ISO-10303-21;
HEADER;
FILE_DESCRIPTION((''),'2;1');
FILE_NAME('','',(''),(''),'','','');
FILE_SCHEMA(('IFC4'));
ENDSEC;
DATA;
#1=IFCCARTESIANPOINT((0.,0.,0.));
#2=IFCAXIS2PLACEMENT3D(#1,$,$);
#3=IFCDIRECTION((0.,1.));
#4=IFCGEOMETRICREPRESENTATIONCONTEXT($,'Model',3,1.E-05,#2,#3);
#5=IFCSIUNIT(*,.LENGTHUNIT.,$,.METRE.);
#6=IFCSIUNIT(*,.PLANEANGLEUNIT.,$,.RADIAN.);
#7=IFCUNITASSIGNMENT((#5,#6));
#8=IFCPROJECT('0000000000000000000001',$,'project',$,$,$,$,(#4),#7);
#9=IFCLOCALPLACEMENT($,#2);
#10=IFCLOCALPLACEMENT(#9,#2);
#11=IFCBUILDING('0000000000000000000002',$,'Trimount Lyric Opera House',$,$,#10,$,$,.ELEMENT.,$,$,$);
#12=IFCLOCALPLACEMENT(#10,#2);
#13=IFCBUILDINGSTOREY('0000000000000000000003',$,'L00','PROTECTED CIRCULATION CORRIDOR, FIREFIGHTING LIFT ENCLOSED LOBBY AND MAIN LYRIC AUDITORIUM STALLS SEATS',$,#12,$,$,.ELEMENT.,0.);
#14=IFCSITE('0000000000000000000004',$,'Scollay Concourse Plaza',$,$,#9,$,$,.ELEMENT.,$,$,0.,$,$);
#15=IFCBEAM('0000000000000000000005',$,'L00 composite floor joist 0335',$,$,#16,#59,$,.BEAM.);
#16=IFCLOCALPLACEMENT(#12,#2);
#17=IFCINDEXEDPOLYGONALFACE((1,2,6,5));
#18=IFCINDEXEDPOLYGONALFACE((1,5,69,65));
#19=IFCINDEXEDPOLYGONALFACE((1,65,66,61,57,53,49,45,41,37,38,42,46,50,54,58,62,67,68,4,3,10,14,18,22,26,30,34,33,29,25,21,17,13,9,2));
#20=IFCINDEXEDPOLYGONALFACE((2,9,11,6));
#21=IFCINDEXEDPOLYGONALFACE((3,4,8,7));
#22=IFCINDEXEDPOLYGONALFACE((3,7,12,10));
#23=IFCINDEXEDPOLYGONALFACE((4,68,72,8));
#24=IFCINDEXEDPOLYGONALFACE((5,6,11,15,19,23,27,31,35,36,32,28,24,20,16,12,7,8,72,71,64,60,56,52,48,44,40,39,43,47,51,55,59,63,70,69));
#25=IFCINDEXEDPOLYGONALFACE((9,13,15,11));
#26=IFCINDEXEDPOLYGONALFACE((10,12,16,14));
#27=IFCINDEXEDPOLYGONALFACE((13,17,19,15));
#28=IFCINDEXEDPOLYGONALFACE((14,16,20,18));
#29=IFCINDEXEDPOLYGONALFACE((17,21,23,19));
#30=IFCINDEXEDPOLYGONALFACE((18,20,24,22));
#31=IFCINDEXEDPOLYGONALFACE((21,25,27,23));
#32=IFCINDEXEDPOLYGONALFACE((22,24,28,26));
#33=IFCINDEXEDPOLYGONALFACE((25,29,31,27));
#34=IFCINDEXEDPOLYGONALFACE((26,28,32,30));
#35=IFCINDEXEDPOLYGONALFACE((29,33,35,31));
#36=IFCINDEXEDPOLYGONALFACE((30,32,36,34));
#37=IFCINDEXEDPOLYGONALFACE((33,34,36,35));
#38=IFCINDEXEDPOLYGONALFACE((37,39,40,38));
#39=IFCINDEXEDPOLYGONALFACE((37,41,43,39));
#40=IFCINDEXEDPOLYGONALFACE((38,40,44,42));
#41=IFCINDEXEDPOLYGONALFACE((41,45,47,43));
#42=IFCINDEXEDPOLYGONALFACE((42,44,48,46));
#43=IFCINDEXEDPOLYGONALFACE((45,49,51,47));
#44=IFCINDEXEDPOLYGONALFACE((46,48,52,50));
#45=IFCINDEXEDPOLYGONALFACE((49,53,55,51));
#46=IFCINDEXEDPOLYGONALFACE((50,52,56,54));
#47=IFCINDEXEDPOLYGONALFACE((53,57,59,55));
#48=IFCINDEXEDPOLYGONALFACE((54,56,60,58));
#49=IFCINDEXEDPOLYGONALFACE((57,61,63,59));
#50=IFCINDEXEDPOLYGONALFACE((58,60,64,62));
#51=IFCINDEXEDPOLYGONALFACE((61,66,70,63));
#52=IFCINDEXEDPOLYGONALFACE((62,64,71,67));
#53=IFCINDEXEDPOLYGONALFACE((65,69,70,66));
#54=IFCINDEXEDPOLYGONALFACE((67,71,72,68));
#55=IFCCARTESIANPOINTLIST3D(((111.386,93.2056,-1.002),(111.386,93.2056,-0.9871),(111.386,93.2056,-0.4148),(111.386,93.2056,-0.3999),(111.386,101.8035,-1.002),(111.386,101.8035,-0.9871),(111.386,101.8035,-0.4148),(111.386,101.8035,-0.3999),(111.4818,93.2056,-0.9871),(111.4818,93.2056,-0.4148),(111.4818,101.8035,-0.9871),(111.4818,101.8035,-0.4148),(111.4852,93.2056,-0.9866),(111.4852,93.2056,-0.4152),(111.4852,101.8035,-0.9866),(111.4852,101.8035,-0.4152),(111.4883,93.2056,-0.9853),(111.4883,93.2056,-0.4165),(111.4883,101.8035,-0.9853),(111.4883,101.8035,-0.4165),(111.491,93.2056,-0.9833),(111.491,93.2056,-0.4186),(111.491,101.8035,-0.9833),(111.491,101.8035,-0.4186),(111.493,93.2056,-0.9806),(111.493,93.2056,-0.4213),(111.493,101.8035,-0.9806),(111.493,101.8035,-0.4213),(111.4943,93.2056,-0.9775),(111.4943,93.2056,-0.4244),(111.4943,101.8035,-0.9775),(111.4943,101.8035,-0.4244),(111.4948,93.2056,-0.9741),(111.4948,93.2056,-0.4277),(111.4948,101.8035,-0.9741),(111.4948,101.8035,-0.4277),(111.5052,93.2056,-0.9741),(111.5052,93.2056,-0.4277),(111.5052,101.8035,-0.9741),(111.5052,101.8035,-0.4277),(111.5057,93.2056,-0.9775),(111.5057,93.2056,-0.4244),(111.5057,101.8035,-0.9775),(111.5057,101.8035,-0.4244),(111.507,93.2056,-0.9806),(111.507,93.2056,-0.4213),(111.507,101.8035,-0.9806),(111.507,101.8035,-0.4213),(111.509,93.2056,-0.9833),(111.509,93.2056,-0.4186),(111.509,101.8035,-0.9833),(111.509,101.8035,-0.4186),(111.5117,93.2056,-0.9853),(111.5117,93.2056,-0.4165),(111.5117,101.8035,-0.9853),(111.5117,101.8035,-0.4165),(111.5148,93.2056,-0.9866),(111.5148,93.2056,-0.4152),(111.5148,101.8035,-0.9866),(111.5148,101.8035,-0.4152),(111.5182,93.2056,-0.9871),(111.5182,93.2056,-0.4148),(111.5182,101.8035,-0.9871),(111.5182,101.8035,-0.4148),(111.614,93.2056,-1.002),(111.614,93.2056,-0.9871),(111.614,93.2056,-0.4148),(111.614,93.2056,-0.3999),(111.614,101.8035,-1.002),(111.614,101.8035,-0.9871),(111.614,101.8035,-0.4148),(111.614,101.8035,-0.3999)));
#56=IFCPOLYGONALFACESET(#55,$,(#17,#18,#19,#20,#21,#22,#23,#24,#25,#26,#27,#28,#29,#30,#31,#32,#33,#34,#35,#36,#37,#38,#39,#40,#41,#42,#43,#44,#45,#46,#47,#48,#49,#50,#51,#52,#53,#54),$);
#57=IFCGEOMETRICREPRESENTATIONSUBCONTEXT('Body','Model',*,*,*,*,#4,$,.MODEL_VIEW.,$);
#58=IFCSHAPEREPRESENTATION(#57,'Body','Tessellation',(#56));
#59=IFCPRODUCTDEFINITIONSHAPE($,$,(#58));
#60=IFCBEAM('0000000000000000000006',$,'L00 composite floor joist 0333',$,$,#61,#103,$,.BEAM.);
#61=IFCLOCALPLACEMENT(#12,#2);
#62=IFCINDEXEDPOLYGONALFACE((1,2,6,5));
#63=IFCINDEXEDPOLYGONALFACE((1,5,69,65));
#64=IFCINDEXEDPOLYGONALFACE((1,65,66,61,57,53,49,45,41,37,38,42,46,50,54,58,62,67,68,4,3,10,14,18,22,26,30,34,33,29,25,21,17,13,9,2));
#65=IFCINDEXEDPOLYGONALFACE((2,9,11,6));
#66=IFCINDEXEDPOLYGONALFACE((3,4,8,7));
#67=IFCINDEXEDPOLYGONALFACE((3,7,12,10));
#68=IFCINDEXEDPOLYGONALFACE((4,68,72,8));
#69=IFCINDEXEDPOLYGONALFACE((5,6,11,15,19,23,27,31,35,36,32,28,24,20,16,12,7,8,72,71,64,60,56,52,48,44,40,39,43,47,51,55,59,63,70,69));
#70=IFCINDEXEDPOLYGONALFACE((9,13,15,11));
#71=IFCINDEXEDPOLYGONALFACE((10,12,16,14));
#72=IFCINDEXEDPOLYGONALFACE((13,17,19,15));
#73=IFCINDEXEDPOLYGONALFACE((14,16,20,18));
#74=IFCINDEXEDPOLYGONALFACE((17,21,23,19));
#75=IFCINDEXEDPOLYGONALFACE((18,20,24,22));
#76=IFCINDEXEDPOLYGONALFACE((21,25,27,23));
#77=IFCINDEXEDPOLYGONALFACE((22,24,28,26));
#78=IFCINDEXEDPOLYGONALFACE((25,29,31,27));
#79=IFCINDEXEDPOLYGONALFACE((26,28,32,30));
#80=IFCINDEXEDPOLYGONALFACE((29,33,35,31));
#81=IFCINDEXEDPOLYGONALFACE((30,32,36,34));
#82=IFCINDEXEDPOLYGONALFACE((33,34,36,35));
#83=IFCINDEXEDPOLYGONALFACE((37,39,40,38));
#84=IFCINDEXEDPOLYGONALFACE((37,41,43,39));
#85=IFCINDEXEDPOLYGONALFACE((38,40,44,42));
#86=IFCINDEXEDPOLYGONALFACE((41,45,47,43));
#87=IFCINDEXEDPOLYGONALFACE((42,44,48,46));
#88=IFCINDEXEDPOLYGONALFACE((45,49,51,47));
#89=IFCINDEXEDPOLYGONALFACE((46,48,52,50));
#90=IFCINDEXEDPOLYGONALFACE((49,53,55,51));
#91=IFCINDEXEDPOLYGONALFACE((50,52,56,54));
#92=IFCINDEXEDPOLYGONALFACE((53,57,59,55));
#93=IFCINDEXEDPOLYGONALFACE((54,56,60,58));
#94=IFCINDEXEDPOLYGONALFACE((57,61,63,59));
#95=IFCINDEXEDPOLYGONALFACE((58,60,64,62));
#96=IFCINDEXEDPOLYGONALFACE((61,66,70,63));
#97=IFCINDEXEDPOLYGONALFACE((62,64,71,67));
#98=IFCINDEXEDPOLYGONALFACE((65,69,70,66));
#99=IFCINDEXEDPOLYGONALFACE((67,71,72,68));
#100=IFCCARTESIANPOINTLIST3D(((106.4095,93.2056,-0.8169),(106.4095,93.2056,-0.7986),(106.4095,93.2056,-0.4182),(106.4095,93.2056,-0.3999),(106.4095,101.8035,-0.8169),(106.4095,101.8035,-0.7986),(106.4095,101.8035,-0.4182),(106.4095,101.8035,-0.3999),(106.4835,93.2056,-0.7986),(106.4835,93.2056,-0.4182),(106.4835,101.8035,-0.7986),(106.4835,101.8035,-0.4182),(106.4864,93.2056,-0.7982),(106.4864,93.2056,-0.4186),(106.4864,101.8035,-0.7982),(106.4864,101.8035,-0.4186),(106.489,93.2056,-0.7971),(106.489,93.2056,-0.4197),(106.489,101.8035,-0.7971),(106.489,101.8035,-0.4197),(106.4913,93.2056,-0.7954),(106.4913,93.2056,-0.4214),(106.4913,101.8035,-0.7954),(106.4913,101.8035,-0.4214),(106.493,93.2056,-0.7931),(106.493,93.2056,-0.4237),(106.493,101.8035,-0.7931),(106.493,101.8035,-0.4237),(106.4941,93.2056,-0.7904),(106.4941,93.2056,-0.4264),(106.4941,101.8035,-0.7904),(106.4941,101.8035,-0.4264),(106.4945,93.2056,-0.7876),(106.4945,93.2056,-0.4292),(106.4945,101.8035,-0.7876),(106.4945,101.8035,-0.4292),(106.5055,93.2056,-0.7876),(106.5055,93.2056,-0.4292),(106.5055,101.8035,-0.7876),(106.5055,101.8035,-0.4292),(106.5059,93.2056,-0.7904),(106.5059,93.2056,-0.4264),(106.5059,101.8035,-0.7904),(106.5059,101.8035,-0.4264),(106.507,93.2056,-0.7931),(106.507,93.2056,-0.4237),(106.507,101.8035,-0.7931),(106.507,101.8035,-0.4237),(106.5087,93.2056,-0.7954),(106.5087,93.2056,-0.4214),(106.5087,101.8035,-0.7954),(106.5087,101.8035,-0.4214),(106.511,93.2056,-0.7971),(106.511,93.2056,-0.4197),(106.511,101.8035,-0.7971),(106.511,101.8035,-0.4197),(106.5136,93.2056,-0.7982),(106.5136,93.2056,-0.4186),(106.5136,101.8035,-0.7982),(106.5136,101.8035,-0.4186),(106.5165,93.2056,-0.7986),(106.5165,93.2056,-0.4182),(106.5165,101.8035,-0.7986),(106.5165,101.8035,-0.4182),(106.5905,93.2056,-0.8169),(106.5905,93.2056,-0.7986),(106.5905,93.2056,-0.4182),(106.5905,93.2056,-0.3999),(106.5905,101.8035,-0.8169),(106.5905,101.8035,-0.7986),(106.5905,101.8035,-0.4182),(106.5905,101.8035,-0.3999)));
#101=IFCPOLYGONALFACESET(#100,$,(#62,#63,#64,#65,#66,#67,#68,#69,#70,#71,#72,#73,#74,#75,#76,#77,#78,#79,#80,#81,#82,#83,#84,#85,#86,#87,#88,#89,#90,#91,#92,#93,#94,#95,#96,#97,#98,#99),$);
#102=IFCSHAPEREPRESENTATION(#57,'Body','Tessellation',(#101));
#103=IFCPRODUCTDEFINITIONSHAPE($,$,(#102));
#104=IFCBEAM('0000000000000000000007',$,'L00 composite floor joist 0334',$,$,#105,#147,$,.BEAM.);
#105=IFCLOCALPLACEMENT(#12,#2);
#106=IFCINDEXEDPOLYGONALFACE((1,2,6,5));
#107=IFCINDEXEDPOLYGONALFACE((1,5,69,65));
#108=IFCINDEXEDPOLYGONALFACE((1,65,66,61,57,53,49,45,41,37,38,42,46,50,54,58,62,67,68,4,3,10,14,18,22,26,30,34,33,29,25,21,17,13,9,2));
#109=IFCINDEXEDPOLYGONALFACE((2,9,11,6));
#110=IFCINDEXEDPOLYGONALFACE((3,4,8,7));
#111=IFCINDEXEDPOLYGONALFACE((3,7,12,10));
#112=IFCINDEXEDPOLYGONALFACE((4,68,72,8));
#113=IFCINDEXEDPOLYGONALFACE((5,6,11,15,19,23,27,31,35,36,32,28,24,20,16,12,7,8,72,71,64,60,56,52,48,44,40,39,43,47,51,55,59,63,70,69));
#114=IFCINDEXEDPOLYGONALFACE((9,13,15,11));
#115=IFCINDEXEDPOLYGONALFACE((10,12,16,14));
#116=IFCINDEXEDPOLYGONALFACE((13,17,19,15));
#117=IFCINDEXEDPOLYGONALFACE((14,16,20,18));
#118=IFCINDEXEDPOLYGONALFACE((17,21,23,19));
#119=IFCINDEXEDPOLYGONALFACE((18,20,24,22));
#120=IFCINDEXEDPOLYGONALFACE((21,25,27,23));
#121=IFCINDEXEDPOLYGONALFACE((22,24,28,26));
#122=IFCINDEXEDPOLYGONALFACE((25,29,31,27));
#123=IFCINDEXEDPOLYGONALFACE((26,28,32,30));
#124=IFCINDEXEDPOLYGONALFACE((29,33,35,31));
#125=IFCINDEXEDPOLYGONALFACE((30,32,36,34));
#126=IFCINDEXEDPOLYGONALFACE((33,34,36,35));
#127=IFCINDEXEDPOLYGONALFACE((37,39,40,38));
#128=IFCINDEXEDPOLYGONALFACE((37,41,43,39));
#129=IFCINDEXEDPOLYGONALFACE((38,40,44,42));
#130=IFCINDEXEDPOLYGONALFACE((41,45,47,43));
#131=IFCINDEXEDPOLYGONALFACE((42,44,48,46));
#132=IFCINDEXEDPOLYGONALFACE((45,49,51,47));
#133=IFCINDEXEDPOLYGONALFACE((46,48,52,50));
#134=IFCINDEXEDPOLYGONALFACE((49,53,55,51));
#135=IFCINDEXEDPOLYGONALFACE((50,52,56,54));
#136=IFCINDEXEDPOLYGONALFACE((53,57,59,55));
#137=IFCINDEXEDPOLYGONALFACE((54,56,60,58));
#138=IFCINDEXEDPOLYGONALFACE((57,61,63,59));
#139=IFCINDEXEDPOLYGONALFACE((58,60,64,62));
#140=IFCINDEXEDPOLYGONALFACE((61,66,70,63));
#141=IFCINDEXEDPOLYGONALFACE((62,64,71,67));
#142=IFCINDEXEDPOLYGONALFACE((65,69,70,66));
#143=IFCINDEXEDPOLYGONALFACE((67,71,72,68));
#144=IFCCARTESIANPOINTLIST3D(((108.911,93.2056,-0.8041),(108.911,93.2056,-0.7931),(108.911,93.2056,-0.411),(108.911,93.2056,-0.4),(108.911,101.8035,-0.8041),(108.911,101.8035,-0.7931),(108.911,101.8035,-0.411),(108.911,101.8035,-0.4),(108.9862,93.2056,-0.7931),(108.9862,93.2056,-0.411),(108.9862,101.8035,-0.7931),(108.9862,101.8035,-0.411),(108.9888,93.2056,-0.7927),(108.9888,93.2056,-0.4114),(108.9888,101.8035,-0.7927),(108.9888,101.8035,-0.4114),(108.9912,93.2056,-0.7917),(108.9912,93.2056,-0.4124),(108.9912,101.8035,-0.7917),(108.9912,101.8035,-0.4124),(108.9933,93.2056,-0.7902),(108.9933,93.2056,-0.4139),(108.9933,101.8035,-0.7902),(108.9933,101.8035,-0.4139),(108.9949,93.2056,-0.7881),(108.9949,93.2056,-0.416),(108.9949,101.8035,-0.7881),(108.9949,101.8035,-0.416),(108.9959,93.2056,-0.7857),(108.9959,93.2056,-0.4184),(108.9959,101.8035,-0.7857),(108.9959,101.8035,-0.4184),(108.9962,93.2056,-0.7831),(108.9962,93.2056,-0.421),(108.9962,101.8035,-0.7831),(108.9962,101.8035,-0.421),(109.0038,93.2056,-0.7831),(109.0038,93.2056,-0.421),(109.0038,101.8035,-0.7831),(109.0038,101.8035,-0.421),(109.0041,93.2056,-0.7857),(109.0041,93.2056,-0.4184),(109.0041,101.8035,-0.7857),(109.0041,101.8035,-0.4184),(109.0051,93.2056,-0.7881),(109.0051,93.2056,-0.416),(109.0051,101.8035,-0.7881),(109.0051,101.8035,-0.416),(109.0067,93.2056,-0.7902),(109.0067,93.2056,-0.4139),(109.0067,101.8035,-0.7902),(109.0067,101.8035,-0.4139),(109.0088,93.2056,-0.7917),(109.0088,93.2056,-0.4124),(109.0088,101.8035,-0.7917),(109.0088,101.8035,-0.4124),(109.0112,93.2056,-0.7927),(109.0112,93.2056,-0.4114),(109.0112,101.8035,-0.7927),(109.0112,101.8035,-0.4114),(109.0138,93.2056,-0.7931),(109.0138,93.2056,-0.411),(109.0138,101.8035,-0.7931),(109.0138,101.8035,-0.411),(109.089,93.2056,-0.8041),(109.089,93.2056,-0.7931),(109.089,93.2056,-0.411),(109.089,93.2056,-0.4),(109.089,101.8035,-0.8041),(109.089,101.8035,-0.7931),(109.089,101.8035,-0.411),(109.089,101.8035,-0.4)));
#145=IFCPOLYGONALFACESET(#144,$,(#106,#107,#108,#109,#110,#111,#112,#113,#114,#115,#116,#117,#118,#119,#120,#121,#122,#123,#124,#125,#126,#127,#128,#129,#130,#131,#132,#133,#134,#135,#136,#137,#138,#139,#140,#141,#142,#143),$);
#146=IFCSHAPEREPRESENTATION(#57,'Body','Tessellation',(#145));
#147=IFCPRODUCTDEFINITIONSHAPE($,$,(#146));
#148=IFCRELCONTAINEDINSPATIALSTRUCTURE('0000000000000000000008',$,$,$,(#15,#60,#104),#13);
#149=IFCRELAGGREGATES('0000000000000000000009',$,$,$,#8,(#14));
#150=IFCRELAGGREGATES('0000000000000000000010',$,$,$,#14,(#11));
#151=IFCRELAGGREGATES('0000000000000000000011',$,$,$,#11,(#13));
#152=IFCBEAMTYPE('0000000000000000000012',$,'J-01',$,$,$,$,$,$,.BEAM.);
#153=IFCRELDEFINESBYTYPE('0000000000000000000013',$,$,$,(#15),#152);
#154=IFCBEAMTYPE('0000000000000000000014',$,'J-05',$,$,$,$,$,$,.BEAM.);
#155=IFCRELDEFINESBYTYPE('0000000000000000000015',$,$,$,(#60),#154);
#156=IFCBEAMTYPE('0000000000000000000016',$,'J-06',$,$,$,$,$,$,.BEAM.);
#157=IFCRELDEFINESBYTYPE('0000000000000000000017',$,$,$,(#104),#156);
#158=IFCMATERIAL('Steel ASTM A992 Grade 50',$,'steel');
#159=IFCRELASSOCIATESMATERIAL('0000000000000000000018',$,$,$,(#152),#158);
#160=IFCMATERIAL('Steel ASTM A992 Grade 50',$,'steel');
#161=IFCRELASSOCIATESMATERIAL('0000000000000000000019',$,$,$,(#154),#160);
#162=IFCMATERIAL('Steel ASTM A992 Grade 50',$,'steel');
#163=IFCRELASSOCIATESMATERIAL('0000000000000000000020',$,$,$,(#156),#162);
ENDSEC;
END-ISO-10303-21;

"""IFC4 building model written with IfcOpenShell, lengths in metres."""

from ifc_helpers import new_model, si_unit, direction, frame, origin, origin_2d, place, context, subcontext, project, spatial, i_section, extrude, material, material_profile, profile_set, type_object, element, save


model = new_model("IFC4")

# Units and contexts
model_context = context("Model", 3, precision=1e-05, world=origin(), true_north=direction((0.0, 1.0)))
body_context = subcontext(model_context, "Body", "Model", "MODEL_VIEW")
ifc_project = project(units=[si_unit("LENGTHUNIT", "METRE"), si_unit("PLANEANGLEUNIT", "RADIAN")], contexts=[model_context])

# Site, building, storey
site_placement = place(None, origin())
site = spatial("IfcSite", under=ifc_project, at=site_placement, Name="Scollay Concourse Plaza", CompositionType="ELEMENT", RefElevation=0.0)
building_placement = place(site_placement, origin())
building = spatial("IfcBuilding", under=site, at=building_placement, Name="Trimount Lyric Opera House", CompositionType="ELEMENT")
storey_placement = place(building_placement, origin())
storey = spatial("IfcBuildingStorey", under=building, at=storey_placement, Name="L00", Description="PROTECTED CIRCULATION CORRIDOR, FIREFIGHTING LIFT ENCLOSED LOBBY AND MAIN LYRIC AUDITORIUM STALLS SEATS", CompositionType="ELEMENT", Elevation=0.0)

# Beams
ifc_material_1 = material(Name="Steel ASTM A992 Grade 50", Category="steel")
ifc_material_profile_1 = material_profile(ifc_material_1, i_section(OverallWidth=0.228, OverallDepth=0.6021, WebThickness=0.0105, FlangeThickness=0.0149, FilletRadius=0.0129, at=origin_2d()), Name="W24X68")
ifc_profile_set_1 = profile_set([ifc_material_profile_1], Name="Steel ASTM A992 Grade 50")
beam_type_1 = type_object("IfcBeamType", Name="J-01", PredefinedType="BEAM", material=ifc_profile_set_1)
beam_1_placement = place(storey_placement, frame((111.5, 93.2056, -0.7009), z_axis=(0.0, 1.0, 0.0), x_axis=(-1.0, 0.0, 0.0)))
element("IfcBeam", 1, at=beam_1_placement, inside=storey, type_object=beam_type_1, Name="L00 composite floor joist 0335", PredefinedType="BEAM", context=body_context, shape_type="SweptSolid", body=[
    extrude(i_section(OverallWidth=0.228, OverallDepth=0.6021, WebThickness=0.0105, FlangeThickness=0.0149, FilletRadius=0.0129, at=origin_2d()), origin(), (0.0, 0.0, 1.0), 8.5979),
])
ifc_material_2 = material(Name="Steel ASTM A992 Grade 50", Category="steel")
ifc_material_profile_2 = material_profile(ifc_material_2, i_section(OverallWidth=0.1809, OverallDepth=0.417, WebThickness=0.011, FlangeThickness=0.0183, FilletRadius=0.011, at=origin_2d()), Name="W16X57")
ifc_profile_set_2 = profile_set([ifc_material_profile_2], Name="Steel ASTM A992 Grade 50")
beam_type_2 = type_object("IfcBeamType", Name="J-05", PredefinedType="BEAM", material=ifc_profile_set_2)
beam_2_placement = place(storey_placement, frame((106.5, 93.2056, -0.6084), z_axis=(0.0, 1.0, 0.0), x_axis=(-1.0, 0.0, 0.0)))
element("IfcBeam", 2, at=beam_2_placement, inside=storey, type_object=beam_type_2, Name="L00 composite floor joist 0333", PredefinedType="BEAM", context=body_context, shape_type="SweptSolid", body=[
    extrude(i_section(OverallWidth=0.1809, OverallDepth=0.417, WebThickness=0.011, FlangeThickness=0.0183, FilletRadius=0.011, at=origin_2d()), origin(), (0.0, 0.0, 1.0), 8.5979),
])
ifc_material_3 = material(Name="Steel ASTM A992 Grade 50", Category="steel")
ifc_material_profile_3 = material_profile(ifc_material_3, i_section(OverallWidth=0.178, OverallDepth=0.4041, WebThickness=0.0076, FlangeThickness=0.011, FilletRadius=0.01, at=origin_2d()), Name="W16X36")
ifc_profile_set_3 = profile_set([ifc_material_profile_3], Name="Steel ASTM A992 Grade 50")
beam_type_3 = type_object("IfcBeamType", Name="J-06", PredefinedType="BEAM", material=ifc_profile_set_3)
beam_3_placement = place(storey_placement, frame((109.0, 93.2056, -0.6021), z_axis=(0.0, 1.0, 0.0), x_axis=(-1.0, 0.0, 0.0)))
element("IfcBeam", 3, at=beam_3_placement, inside=storey, type_object=beam_type_3, Name="L00 composite floor joist 0334", PredefinedType="BEAM", context=body_context, shape_type="SweptSolid", body=[
    extrude(i_section(OverallWidth=0.178, OverallDepth=0.4041, WebThickness=0.0076, FlangeThickness=0.011, FilletRadius=0.01, at=origin_2d()), origin(), (0.0, 0.0, 1.0), 8.5979),
])

save(model, "model.ifc")
